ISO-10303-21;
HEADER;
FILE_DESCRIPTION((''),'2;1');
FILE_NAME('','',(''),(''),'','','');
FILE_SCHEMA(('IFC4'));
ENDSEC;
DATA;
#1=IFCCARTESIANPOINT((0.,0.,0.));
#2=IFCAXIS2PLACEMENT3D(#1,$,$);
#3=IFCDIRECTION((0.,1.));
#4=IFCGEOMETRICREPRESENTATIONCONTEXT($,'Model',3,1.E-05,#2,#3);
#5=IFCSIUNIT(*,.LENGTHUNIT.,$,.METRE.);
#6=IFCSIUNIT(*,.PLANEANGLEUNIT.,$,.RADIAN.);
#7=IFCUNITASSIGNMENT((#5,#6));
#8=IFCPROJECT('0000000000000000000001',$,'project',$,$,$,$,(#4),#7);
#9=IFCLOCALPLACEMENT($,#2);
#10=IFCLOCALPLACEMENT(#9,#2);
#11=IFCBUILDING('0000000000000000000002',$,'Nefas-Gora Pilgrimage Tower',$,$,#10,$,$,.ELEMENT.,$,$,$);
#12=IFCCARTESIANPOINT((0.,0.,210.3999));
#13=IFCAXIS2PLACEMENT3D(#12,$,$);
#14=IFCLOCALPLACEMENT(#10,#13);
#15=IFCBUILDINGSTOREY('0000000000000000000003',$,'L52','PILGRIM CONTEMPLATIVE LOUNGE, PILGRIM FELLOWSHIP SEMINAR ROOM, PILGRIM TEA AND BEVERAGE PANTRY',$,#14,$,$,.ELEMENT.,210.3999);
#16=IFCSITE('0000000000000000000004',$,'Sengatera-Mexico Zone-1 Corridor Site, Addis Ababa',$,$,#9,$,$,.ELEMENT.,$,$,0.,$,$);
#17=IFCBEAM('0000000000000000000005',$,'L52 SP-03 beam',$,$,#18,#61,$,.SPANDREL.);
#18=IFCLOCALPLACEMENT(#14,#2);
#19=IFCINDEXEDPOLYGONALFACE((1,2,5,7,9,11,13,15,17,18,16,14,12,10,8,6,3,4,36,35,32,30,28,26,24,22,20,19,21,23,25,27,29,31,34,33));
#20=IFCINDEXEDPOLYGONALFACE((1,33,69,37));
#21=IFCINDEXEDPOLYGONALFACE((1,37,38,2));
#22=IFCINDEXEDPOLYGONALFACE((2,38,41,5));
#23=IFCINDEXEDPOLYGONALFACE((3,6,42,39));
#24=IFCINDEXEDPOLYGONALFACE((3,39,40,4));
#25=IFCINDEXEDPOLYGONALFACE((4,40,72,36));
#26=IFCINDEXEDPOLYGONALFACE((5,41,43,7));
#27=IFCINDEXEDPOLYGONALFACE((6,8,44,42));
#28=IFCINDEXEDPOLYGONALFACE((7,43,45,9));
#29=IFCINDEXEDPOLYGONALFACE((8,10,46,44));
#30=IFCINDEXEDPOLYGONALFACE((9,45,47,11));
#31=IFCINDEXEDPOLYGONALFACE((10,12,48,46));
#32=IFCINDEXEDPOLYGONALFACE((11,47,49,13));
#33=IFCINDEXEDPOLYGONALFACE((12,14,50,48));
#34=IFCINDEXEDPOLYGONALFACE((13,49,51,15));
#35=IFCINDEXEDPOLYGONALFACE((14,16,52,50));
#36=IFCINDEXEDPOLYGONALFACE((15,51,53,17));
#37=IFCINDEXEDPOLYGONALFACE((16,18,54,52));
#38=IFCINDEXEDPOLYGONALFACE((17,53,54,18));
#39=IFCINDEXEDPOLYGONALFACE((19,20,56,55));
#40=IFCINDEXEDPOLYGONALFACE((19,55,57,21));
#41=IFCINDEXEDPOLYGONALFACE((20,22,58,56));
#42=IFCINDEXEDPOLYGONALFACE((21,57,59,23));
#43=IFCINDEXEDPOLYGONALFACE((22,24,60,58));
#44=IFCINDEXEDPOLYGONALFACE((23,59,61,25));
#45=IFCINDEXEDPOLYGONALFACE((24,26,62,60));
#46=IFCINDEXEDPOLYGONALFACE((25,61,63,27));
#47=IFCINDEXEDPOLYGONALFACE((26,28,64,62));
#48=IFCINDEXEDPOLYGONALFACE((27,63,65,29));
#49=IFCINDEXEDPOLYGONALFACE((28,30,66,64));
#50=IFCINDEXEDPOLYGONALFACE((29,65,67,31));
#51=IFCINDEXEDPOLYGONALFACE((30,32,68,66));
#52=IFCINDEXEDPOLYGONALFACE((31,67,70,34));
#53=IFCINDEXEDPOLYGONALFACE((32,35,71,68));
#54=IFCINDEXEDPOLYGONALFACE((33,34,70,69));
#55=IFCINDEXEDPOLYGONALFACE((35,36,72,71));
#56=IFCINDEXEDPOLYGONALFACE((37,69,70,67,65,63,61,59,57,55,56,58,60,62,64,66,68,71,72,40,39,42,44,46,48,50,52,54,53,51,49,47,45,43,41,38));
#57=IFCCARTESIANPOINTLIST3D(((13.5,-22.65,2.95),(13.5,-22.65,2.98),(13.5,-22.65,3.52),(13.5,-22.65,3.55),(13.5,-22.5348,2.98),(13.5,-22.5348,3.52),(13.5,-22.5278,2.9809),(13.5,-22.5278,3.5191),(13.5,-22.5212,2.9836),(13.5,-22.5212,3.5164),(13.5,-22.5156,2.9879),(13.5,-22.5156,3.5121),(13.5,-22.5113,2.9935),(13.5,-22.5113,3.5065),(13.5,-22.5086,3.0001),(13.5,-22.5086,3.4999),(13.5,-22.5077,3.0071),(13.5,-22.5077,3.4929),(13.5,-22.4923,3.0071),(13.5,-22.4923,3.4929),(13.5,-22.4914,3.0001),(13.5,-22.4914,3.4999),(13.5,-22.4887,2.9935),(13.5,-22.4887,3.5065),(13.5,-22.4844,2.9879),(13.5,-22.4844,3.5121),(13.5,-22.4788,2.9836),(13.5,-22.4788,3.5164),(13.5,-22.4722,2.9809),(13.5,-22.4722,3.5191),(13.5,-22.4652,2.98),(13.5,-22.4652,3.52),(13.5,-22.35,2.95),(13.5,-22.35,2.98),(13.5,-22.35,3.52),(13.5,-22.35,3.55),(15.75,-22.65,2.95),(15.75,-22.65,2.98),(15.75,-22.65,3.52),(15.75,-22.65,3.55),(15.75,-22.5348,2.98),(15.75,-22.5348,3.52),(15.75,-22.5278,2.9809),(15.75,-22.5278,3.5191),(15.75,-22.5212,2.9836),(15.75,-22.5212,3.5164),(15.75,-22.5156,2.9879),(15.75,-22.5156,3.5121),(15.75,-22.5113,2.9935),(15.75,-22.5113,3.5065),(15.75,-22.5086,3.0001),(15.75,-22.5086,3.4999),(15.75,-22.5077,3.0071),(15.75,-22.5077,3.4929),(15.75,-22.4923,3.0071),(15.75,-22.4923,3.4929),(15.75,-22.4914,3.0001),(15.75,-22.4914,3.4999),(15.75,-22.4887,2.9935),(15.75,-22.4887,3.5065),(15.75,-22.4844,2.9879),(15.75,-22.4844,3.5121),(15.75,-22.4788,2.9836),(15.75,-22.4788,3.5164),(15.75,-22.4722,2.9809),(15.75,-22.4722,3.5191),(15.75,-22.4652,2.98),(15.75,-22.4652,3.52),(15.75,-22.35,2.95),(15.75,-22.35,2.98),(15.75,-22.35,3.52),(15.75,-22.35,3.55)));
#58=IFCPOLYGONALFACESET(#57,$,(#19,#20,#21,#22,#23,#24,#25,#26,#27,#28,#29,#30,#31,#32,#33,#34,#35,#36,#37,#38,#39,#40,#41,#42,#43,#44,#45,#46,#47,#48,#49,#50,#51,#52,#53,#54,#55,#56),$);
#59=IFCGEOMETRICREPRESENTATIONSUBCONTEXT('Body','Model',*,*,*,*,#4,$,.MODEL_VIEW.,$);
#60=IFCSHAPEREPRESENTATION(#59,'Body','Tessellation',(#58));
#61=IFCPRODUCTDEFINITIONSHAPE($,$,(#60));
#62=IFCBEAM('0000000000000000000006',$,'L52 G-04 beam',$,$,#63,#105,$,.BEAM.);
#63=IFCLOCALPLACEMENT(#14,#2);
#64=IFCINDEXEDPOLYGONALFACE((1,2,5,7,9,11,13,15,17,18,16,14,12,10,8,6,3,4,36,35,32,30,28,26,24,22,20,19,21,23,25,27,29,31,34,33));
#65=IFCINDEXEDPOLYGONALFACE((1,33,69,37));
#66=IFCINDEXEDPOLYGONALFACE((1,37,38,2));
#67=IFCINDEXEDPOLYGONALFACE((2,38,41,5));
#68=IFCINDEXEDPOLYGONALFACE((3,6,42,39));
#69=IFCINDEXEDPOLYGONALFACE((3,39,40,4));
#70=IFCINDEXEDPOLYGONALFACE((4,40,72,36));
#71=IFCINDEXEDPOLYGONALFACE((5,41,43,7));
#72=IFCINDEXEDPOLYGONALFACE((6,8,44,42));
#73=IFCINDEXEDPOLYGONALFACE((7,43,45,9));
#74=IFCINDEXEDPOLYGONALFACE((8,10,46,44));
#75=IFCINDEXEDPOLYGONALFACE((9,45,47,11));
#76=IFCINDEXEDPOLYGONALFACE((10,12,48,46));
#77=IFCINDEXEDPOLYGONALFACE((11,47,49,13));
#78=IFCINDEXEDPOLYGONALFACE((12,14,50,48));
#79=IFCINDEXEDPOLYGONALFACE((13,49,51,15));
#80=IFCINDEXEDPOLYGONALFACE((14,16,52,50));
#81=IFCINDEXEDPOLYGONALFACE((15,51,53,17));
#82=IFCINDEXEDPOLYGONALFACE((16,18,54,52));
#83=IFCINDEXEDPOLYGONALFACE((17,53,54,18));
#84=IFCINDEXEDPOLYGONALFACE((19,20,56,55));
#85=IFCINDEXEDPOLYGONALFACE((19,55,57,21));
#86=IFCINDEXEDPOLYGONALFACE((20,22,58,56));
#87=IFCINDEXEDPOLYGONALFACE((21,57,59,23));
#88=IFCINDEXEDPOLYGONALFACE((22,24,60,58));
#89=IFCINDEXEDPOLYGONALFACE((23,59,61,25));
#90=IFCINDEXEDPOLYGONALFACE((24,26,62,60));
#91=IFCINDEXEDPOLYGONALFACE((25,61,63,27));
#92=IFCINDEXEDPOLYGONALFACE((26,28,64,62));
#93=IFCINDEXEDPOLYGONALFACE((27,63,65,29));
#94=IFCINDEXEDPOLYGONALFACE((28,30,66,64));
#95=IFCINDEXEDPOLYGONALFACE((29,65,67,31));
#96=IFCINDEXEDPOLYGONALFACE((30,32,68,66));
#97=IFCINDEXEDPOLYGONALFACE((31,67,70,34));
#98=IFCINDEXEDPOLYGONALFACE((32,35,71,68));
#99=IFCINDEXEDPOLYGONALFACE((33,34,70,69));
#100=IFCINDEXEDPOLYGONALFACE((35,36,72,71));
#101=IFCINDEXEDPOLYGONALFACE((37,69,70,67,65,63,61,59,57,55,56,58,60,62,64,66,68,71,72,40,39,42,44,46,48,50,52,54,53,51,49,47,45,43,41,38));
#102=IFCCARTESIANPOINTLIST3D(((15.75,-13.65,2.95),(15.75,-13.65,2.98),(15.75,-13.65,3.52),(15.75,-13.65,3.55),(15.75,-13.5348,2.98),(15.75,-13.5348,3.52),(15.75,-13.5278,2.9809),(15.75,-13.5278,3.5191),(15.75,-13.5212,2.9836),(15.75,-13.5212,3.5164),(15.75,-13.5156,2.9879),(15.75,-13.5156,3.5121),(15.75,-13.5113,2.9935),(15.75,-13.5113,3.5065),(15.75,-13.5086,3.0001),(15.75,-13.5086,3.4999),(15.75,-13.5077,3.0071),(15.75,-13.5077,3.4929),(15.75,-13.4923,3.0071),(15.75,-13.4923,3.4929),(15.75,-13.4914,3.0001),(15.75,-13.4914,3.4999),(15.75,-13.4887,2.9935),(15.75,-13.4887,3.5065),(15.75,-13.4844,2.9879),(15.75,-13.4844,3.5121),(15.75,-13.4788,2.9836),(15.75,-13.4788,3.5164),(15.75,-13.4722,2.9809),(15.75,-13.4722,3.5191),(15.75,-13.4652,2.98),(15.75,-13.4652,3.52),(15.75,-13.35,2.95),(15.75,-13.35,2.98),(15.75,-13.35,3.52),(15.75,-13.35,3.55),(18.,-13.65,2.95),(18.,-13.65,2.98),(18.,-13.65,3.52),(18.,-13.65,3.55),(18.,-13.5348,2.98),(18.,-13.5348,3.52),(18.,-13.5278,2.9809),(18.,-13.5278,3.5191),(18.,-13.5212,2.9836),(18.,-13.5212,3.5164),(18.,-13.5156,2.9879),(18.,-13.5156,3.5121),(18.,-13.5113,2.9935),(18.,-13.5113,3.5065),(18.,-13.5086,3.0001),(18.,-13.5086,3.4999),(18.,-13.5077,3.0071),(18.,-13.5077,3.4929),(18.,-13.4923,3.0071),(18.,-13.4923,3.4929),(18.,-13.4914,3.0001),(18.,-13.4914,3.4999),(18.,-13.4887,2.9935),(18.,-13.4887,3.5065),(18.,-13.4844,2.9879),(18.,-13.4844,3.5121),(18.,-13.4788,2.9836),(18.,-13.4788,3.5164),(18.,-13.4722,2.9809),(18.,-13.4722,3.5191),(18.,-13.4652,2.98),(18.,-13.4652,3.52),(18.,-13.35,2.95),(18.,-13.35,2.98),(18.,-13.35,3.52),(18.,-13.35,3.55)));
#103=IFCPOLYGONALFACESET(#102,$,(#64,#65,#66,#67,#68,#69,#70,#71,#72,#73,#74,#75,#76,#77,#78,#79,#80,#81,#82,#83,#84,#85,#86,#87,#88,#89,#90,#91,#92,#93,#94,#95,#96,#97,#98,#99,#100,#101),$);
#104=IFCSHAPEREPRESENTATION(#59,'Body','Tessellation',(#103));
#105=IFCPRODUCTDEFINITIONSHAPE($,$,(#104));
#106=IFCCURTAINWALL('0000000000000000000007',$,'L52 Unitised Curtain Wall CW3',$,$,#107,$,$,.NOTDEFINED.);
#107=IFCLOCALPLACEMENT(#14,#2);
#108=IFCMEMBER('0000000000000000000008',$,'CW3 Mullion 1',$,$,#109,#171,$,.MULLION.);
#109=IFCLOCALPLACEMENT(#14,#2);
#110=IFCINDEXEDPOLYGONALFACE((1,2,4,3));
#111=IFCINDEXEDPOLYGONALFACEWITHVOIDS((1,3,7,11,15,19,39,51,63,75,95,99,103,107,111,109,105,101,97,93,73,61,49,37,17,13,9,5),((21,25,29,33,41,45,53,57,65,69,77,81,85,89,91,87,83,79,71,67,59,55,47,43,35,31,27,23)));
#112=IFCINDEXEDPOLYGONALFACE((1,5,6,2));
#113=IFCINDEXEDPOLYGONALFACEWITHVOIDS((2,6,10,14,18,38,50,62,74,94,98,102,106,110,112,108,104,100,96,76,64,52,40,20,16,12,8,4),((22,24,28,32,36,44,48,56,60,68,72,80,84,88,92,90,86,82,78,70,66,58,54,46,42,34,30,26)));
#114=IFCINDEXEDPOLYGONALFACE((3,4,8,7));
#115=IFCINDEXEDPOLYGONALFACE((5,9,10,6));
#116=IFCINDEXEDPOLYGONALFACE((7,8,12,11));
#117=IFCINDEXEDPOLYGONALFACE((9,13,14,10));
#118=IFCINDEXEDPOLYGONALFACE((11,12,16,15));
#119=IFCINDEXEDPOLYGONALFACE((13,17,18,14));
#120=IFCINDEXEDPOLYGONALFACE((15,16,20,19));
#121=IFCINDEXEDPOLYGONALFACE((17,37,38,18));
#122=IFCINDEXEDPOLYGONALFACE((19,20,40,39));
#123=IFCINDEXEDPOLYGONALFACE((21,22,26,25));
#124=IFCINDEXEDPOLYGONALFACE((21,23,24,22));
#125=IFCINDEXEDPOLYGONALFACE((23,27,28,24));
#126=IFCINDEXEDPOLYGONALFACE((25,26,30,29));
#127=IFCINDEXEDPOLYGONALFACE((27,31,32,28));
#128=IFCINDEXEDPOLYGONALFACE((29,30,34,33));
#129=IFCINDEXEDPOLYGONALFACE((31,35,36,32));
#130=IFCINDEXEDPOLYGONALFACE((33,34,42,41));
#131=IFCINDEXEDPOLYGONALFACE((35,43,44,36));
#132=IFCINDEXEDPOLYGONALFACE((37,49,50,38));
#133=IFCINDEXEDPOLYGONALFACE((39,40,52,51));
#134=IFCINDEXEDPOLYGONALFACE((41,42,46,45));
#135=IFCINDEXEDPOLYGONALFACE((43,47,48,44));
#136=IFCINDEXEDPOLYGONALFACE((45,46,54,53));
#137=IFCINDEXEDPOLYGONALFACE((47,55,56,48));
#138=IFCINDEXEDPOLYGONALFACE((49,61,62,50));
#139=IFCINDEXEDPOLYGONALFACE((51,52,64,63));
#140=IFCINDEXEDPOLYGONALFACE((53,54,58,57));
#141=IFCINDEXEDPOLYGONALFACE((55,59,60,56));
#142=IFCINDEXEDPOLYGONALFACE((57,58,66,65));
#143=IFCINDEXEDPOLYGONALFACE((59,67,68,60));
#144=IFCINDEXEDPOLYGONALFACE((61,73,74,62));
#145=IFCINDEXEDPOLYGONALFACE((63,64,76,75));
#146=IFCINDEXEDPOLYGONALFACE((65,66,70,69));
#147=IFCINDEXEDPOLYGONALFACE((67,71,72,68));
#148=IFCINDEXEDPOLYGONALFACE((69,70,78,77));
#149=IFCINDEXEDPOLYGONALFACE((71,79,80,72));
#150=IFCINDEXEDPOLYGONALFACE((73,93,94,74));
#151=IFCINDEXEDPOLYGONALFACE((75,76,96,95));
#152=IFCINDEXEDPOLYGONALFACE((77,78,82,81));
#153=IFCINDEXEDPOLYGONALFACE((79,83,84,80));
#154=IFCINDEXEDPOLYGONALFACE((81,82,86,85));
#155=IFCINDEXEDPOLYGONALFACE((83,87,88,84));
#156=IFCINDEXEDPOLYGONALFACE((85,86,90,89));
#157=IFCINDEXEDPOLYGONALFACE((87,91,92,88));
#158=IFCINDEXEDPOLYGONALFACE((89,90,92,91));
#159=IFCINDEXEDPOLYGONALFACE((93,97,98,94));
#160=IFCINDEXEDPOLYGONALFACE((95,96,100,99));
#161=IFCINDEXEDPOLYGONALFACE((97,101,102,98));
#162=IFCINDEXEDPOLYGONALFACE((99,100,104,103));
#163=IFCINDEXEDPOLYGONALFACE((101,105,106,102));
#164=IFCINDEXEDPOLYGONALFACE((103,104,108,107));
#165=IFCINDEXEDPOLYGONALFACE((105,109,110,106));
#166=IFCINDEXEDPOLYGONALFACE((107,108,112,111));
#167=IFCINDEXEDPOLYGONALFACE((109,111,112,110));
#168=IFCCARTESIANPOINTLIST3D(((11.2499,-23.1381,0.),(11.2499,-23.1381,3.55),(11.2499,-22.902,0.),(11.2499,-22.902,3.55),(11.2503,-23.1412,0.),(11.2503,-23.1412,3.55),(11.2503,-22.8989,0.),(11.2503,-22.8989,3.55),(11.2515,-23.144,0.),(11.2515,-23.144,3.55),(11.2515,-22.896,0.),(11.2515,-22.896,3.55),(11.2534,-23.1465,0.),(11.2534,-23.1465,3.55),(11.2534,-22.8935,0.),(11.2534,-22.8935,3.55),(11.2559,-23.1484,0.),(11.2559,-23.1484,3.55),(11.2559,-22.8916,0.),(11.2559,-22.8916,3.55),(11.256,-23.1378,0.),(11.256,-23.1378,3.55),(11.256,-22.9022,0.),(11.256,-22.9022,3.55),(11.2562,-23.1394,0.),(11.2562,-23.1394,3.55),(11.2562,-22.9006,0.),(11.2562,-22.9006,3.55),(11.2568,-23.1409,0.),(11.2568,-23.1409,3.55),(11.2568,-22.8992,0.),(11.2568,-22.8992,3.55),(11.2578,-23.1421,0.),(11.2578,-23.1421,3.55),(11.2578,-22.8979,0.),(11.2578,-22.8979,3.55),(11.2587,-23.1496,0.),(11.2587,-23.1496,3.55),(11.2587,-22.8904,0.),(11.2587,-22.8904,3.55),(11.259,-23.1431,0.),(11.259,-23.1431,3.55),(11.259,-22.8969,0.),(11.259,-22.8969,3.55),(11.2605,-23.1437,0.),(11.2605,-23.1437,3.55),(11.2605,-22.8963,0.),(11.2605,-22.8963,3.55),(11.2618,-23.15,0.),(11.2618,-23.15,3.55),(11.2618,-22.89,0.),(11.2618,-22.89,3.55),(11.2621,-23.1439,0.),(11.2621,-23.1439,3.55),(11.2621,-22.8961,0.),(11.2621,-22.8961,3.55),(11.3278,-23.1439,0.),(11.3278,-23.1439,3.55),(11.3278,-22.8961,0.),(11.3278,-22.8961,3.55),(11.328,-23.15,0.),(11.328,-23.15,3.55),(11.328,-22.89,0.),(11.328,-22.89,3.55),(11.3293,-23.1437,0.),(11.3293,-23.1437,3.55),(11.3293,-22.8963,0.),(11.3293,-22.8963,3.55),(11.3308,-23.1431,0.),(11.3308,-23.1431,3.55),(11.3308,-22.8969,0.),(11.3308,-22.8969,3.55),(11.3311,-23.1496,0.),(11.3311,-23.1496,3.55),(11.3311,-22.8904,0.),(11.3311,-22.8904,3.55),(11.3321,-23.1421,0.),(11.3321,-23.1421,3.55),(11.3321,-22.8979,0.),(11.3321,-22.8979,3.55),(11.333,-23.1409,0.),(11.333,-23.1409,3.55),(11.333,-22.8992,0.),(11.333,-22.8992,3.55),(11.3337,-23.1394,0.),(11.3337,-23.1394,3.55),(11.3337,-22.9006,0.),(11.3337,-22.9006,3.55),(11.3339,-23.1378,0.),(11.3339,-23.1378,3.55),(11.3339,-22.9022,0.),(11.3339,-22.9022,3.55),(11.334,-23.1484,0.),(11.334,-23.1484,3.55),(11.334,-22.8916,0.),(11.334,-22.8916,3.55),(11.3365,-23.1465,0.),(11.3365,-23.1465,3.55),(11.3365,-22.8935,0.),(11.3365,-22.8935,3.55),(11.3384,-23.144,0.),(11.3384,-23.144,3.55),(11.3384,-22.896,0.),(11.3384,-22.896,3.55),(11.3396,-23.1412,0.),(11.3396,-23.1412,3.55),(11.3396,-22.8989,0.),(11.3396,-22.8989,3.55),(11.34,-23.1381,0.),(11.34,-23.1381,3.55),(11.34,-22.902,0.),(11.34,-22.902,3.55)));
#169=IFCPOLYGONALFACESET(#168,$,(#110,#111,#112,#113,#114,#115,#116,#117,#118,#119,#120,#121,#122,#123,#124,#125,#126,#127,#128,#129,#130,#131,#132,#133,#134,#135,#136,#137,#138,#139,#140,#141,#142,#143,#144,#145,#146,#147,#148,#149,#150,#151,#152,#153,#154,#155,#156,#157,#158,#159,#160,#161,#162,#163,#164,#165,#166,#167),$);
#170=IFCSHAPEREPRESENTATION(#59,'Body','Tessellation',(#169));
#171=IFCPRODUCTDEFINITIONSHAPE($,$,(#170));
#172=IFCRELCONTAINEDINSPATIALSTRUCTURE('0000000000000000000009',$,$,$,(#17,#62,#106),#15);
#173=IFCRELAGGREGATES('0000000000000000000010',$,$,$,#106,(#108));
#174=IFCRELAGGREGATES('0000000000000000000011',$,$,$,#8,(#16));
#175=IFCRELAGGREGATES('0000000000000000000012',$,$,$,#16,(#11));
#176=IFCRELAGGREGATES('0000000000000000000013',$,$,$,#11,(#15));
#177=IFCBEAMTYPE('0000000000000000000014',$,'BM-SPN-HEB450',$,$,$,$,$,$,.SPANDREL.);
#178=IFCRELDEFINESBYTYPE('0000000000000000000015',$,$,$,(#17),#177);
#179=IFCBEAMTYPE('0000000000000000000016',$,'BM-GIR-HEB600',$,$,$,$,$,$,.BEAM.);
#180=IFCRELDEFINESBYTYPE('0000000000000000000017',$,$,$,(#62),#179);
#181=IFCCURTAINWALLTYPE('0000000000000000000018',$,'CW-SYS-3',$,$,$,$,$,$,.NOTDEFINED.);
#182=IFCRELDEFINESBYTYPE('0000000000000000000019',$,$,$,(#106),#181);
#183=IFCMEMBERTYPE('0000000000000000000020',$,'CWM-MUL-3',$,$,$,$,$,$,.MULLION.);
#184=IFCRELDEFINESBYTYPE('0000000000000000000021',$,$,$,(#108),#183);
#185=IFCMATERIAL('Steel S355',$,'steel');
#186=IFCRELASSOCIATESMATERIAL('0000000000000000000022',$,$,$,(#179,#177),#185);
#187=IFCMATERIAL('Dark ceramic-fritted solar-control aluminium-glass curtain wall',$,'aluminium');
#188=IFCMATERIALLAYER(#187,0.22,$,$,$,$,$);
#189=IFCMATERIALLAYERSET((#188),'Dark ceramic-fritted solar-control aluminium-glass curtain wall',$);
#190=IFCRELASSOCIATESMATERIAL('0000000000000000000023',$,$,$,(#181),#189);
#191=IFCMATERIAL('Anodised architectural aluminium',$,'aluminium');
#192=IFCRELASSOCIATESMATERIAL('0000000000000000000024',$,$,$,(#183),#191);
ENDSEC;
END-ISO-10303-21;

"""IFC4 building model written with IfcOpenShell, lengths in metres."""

from ifc_helpers import new_model, si_unit, direction, frame, origin, origin_2d, place, context, subcontext, project, spatial, hollow_rectangle, i_section, extrude, source, transform, mapped, material, layer, layer_set, material_profile, profile_set, type_object, element, aggregate, save


model = new_model("IFC4")

# Units and contexts
model_context = context("Model", 3, precision=1e-05, world=origin(), true_north=direction((0.0, 1.0)))
body_context = subcontext(model_context, "Body", "Model", "MODEL_VIEW")
ifc_project = project(units=[si_unit("LENGTHUNIT", "METRE"), si_unit("PLANEANGLEUNIT", "RADIAN")], contexts=[model_context])

# Site, building, storey
site_placement = place(None, origin())
site = spatial("IfcSite", under=ifc_project, at=site_placement, Name="Sengatera-Mexico Zone-1 Corridor Site, Addis Ababa", CompositionType="ELEMENT", RefElevation=0.0)
building_placement = place(site_placement, origin())
building = spatial("IfcBuilding", under=site, at=building_placement, Name="Nefas-Gora Pilgrimage Tower", CompositionType="ELEMENT")
storey_placement = place(building_placement, frame((0.0, 0.0, 210.3999)))
storey = spatial("IfcBuildingStorey", under=building, at=storey_placement, Name="L52", Description="PILGRIM CONTEMPLATIVE LOUNGE, PILGRIM FELLOWSHIP SEMINAR ROOM, PILGRIM TEA AND BEVERAGE PANTRY", CompositionType="ELEMENT", Elevation=210.3999)

# Beams
ifc_material_1 = material(Name="Steel S355", Category="steel")
ifc_material_profile_1 = material_profile(ifc_material_1, i_section(OverallWidth=0.3, OverallDepth=0.6001, WebThickness=0.0154, FlangeThickness=0.03, FilletRadius=0.0271, at=origin_2d()), Name="HEB 600")
ifc_profile_set_1 = profile_set([ifc_material_profile_1], Name="Steel S355")
beam_type_1 = type_object("IfcBeamType", Name="BM-GIR-HEB600", PredefinedType="BEAM", material=ifc_profile_set_1)
ifc_material_profile_2 = material_profile(ifc_material_1, i_section(OverallWidth=0.3, OverallDepth=0.6001, WebThickness=0.0154, FlangeThickness=0.03, FilletRadius=0.0271, at=origin_2d()), Name="HEB 600")
ifc_profile_set_2 = profile_set([ifc_material_profile_2], Name="Steel S355")
beam_type_2 = type_object("IfcBeamType", Name="BM-SPN-HEB450", PredefinedType="SPANDREL", material=ifc_profile_set_2)
shared_shape_1 = source(origin(), body_context, "Body", "SweptSolid", [
    extrude(i_section(OverallWidth=0.3, OverallDepth=0.6001, WebThickness=0.0154, FlangeThickness=0.03, FilletRadius=0.0271, at=origin_2d()), origin(), (0.0, 0.0, 1.0), 2.25),
])
beam_1_placement = place(storey_placement, frame((13.5, -22.5, 3.25), z_axis=(1.0, 0.0, 0.0), x_axis=(0.0, 1.0, 0.0)))
element("IfcBeam", 1, at=beam_1_placement, inside=storey, type_object=beam_type_2, Name="L52 SP-03 beam", PredefinedType="SPANDREL", context=body_context, shape_type="MappedRepresentation", body=[
    mapped(shared_shape_1, transform((0.0, 0.0, 0.0), x_axis=(1.0, 0.0, 0.0), y_axis=(0.0, 1.0, 0.0), z_axis=(0.0, 0.0, 1.0), scale=1.0)),
])
shared_shape_2 = source(origin(), body_context, "Body", "SweptSolid", [
    extrude(i_section(OverallWidth=0.3, OverallDepth=0.6001, WebThickness=0.0154, FlangeThickness=0.03, FilletRadius=0.0271, at=origin_2d()), origin(), (0.0, 0.0, 1.0), 2.25),
])
beam_2_placement = place(storey_placement, frame((15.75, -13.5, 3.25), z_axis=(1.0, 0.0, 0.0), x_axis=(0.0, 1.0, 0.0)))
element("IfcBeam", 2, at=beam_2_placement, inside=storey, type_object=beam_type_1, Name="L52 G-04 beam", PredefinedType="BEAM", context=body_context, shape_type="MappedRepresentation", body=[
    mapped(shared_shape_2, transform((0.0, 0.0, 0.0), x_axis=(1.0, 0.0, 0.0), y_axis=(0.0, 1.0, 0.0), z_axis=(0.0, 0.0, 1.0), scale=1.0)),
])

# Curtain wall, member
ifc_material_2 = material(Name="Dark ceramic-fritted solar-control aluminium-glass curtain wall", Category="aluminium")
ifc_layer_1 = layer(ifc_material_2, 0.22)
ifc_layer_set_1 = layer_set([ifc_layer_1], Name="Dark ceramic-fritted solar-control aluminium-glass curtain wall")
curtain_wall_type = type_object("IfcCurtainWallType", Name="CW-SYS-3", PredefinedType="NOTDEFINED", material=ifc_layer_set_1)
curtain_wall_1_placement = place(storey_placement, origin())
curtain_wall_1 = element("IfcCurtainWall", 3, at=curtain_wall_1_placement, inside=storey, type_object=curtain_wall_type, Name="L52 Unitised Curtain Wall CW3", PredefinedType="NOTDEFINED")
ifc_material_3 = material(Name="Anodised architectural aluminium", Category="aluminium")
ifc_material_profile_3 = material_profile(ifc_material_3, hollow_rectangle(XDim=0.0901, YDim=0.26, WallThickness=0.0061, InnerFilletRadius=0.0061, OuterFilletRadius=0.012, at=origin_2d()), Name="ALU MULLION 90x260")
ifc_profile_set_3 = profile_set([ifc_material_profile_3], Name="Anodised architectural aluminium")
member_type_1 = type_object("IfcMemberType", Name="CWM-MUL-3", PredefinedType="MULLION", material=ifc_profile_set_3)
shared_shape_3 = source(origin(), body_context, "Body", "SweptSolid", [
    extrude(hollow_rectangle(XDim=0.0901, YDim=0.26, WallThickness=0.0061, InnerFilletRadius=0.0061, OuterFilletRadius=0.012, at=origin_2d()), origin(), (0.0, 0.0, 1.0), 3.55),
])
member_1_placement = place(storey_placement, frame((11.2949, -23.02, 0.0), z_axis=(0.0, 0.0, 1.0), x_axis=(1.0, 0.0, 0.0)))
member_1 = element("IfcMember", 4, at=member_1_placement, type_object=member_type_1, Name="CW3 Mullion 1", PredefinedType="MULLION", context=body_context, shape_type="MappedRepresentation", body=[
    mapped(shared_shape_3, transform((0.0, 0.0, 0.0), x_axis=(1.0, 0.0, 0.0), y_axis=(0.0, 1.0, 0.0), z_axis=(0.0, 0.0, 1.0), scale=1.0)),
])

aggregate(curtain_wall_1, [member_1])

save(model, "model.ifc")
